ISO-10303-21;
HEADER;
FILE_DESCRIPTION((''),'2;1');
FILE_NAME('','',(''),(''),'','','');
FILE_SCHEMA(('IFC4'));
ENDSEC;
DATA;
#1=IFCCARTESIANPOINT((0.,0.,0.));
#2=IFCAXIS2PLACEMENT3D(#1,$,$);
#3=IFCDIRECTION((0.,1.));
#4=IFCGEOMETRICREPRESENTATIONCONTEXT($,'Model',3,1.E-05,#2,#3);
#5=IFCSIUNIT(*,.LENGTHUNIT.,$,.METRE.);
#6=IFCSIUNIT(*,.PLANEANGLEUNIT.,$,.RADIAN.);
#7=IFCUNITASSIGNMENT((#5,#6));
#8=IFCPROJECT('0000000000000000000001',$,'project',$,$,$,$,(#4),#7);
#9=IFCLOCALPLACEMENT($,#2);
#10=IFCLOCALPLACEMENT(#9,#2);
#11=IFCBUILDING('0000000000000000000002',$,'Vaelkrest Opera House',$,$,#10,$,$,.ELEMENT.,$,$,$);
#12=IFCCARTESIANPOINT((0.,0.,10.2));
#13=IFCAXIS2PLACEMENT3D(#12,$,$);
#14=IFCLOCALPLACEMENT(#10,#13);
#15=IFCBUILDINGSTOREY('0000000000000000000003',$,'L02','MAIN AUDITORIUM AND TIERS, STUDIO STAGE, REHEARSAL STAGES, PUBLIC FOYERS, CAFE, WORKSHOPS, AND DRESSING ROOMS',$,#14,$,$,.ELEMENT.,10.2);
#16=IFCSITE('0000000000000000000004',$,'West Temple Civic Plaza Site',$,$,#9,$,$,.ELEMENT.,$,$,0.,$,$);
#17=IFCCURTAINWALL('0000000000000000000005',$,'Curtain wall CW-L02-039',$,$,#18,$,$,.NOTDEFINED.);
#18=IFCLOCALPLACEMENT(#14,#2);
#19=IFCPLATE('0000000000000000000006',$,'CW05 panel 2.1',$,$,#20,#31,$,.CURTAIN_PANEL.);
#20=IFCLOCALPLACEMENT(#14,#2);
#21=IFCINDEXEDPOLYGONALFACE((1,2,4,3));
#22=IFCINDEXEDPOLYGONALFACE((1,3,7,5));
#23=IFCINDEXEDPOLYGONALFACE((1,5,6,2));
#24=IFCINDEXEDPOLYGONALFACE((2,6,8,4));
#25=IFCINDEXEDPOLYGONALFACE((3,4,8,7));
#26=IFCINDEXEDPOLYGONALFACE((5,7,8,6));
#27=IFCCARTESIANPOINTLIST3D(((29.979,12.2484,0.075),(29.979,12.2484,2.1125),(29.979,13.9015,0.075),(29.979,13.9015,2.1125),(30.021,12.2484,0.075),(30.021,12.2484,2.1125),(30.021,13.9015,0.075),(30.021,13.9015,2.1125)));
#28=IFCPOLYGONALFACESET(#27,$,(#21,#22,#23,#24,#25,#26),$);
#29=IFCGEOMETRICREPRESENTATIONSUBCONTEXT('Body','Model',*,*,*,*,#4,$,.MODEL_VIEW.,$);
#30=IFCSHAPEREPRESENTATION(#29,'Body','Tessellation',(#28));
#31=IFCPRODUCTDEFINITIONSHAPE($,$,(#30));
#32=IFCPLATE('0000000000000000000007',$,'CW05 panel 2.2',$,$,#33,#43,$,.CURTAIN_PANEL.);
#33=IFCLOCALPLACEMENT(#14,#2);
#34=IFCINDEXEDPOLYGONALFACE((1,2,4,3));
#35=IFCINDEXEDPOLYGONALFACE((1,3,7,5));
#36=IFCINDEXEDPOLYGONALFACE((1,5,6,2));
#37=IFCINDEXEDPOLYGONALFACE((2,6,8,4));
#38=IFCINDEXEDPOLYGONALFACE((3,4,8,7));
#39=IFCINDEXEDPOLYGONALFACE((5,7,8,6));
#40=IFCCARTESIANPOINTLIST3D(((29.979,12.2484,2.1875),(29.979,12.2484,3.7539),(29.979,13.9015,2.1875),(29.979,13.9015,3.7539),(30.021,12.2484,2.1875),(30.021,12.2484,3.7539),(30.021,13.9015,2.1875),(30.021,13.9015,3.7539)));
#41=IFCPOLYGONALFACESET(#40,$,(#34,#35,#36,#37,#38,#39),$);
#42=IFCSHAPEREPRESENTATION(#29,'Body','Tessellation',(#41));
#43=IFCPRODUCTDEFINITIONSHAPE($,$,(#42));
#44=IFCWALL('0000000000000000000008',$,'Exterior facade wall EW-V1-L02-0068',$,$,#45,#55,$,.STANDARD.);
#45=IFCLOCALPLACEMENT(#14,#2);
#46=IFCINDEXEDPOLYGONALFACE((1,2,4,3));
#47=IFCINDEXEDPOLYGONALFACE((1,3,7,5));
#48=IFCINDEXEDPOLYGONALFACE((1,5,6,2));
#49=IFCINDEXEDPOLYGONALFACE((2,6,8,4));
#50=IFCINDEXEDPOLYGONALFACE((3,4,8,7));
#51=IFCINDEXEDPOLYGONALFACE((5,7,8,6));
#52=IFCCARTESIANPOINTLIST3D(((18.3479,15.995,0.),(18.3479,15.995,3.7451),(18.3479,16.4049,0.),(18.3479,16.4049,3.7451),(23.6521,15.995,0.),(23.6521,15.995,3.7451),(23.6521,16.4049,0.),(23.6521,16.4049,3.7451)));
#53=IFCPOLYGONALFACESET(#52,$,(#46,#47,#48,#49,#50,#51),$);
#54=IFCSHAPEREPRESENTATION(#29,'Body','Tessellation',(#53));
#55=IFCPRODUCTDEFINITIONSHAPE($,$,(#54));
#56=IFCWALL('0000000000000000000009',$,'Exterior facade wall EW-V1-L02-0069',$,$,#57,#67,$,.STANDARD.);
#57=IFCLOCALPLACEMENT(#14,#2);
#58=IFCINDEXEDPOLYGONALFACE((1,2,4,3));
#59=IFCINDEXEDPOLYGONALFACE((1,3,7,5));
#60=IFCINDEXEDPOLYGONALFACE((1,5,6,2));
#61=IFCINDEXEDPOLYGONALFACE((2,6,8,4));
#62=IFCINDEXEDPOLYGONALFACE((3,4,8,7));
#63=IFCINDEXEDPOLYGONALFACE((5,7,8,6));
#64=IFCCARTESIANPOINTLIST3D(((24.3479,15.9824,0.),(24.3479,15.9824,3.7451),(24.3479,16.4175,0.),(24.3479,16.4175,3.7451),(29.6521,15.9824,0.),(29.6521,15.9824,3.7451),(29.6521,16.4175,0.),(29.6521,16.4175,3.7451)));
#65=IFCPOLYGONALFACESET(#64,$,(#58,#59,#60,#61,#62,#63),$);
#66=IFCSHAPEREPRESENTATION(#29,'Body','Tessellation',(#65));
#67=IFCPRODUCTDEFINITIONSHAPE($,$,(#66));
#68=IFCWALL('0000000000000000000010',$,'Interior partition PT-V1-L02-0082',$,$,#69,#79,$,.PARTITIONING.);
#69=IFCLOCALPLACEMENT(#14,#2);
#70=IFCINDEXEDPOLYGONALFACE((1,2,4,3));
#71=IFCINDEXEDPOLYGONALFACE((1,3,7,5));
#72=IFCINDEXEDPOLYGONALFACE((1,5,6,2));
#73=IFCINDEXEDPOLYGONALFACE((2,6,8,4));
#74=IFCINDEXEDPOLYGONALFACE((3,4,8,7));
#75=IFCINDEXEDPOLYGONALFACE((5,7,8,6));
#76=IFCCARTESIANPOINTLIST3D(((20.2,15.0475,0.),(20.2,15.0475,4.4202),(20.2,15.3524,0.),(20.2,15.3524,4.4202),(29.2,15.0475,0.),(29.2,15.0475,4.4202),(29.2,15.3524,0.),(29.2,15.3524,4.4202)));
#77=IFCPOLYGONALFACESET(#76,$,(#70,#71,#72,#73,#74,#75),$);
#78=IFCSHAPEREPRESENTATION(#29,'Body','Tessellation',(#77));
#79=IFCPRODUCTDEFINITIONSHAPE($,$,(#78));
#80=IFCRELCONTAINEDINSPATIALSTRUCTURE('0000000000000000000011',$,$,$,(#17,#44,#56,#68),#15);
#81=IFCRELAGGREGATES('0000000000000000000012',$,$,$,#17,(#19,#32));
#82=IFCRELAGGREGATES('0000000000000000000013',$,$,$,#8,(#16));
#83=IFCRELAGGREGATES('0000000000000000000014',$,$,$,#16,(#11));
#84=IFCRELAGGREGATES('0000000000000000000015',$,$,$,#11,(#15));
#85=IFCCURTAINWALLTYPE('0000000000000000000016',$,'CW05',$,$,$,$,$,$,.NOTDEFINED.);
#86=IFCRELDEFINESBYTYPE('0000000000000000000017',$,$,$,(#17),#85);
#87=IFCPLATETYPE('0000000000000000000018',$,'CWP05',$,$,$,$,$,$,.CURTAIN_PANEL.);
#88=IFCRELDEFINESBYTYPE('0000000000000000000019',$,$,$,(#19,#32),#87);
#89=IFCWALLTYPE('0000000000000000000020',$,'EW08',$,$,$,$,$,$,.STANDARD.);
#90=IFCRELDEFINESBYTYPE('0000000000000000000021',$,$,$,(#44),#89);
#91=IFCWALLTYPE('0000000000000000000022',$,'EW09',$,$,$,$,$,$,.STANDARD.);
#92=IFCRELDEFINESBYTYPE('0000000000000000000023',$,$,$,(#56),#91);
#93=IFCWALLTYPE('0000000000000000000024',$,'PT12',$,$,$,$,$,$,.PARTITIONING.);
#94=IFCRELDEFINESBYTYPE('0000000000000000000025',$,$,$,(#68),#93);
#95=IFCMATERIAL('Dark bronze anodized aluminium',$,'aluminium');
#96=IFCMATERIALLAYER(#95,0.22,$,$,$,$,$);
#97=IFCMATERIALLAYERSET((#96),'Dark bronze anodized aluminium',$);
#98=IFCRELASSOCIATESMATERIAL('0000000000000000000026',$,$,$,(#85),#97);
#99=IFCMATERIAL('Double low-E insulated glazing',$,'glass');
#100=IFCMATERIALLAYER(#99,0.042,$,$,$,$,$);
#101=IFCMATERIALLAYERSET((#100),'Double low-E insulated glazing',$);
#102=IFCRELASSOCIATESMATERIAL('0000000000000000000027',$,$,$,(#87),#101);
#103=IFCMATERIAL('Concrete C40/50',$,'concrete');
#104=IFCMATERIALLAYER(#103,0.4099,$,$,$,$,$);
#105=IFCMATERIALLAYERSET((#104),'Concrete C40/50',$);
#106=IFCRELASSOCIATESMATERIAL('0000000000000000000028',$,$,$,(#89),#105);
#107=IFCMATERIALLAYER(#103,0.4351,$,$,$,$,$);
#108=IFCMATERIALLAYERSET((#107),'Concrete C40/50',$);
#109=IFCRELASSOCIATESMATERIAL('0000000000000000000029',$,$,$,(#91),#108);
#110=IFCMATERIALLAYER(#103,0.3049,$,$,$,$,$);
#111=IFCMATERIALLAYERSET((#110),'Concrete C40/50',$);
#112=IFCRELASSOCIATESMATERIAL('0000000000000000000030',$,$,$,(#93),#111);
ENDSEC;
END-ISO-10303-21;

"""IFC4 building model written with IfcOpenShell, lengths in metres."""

from ifc_helpers import new_model, si_unit, direction, frame, frame_2d, origin, origin_2d, place, context, subcontext, project, spatial, rectangle, extrude, material, layer, layer_set, type_object, element, aggregate, save


model = new_model("IFC4")

# Units and contexts
model_context = context("Model", 3, precision=1e-05, world=origin(), true_north=direction((0.0, 1.0)))
body_context = subcontext(model_context, "Body", "Model", "MODEL_VIEW")
ifc_project = project(units=[si_unit("LENGTHUNIT", "METRE"), si_unit("PLANEANGLEUNIT", "RADIAN")], contexts=[model_context])

# Site, building, storey
site_placement = place(None, origin())
site = spatial("IfcSite", under=ifc_project, at=site_placement, Name="West Temple Civic Plaza Site", CompositionType="ELEMENT", RefElevation=0.0)
building_placement = place(site_placement, origin())
building = spatial("IfcBuilding", under=site, at=building_placement, Name="Vaelkrest Opera House", CompositionType="ELEMENT")
storey_placement = place(building_placement, frame((0.0, 0.0, 10.2)))
storey = spatial("IfcBuildingStorey", under=building, at=storey_placement, Name="L02", Description="MAIN AUDITORIUM AND TIERS, STUDIO STAGE, REHEARSAL STAGES, PUBLIC FOYERS, CAFE, WORKSHOPS, AND DRESSING ROOMS", CompositionType="ELEMENT", Elevation=10.2)

# Curtain wall
ifc_material_1 = material(Name="Dark bronze anodized aluminium", Category="aluminium")
ifc_layer_1 = layer(ifc_material_1, 0.22)
ifc_layer_set_1 = layer_set([ifc_layer_1], Name="Dark bronze anodized aluminium")
curtain_wall_type = type_object("IfcCurtainWallType", Name="CW05", PredefinedType="NOTDEFINED", material=ifc_layer_set_1)
curtain_wall_placement = place(storey_placement, origin())
curtain_wall = element("IfcCurtainWall", 1, at=curtain_wall_placement, inside=storey, type_object=curtain_wall_type, Name="Curtain wall CW-L02-039", PredefinedType="NOTDEFINED")

# Plates
ifc_material_2 = material(Name="Double low-E insulated glazing", Category="glass")
ifc_layer_2 = layer(ifc_material_2, 0.042)
ifc_layer_set_2 = layer_set([ifc_layer_2], Name="Double low-E insulated glazing")
plate_type = type_object("IfcPlateType", Name="CWP05", PredefinedType="CURTAIN_PANEL", material=ifc_layer_set_2)
plate_1_placement = place(storey_placement, frame((30.0, 13.075, 0.075), z_axis=(0.0, 0.0, 1.0), x_axis=(0.0, -1.0, 0.0)))
plate_1 = element("IfcPlate", 2, at=plate_1_placement, type_object=plate_type, Name="CW05 panel 2.1", PredefinedType="CURTAIN_PANEL", context=body_context, shape_type="SweptSolid", body=[
    extrude(rectangle(XDim=1.6531, YDim=0.042, at=origin_2d()), origin(), (0.0, 0.0, 1.0), 2.0376),
])
plate_2_placement = place(storey_placement, frame((30.0, 13.075, 2.1875), z_axis=(0.0, 0.0, 1.0), x_axis=(0.0, -1.0, 0.0)))
plate_2 = element("IfcPlate", 3, at=plate_2_placement, type_object=plate_type, Name="CW05 panel 2.2", PredefinedType="CURTAIN_PANEL", context=body_context, shape_type="SweptSolid", body=[
    extrude(rectangle(XDim=1.6531, YDim=0.042, at=origin_2d()), origin(), (0.0, 0.0, 1.0), 1.5664),
])
aggregate(curtain_wall, [plate_1, plate_2])

# Walls
ifc_material_3 = material(Name="Concrete C40/50", Category="concrete")
ifc_layer_3 = layer(ifc_material_3, 0.4099)
ifc_layer_set_3 = layer_set([ifc_layer_3], Name="Concrete C40/50")
wall_type_1 = type_object("IfcWallType", Name="EW08", PredefinedType="STANDARD", material=ifc_layer_set_3)
wall_1_placement = place(storey_placement, frame((18.3479, 16.2, 0.0), z_axis=(0.0, 0.0, 1.0), x_axis=(1.0, 0.0, 0.0)))
element("IfcWall", 4, at=wall_1_placement, inside=storey, type_object=wall_type_1, Name="Exterior facade wall EW-V1-L02-0068", PredefinedType="STANDARD", context=body_context, shape_type="SweptSolid", body=[
    extrude(rectangle(XDim=5.3042, YDim=0.4099, at=frame_2d((2.6521, 0.0))), origin(), (0.0, 0.0, 1.0), 3.7451),
])
ifc_layer_4 = layer(ifc_material_3, 0.4351)
ifc_layer_set_4 = layer_set([ifc_layer_4], Name="Concrete C40/50")
wall_type_2 = type_object("IfcWallType", Name="EW09", PredefinedType="STANDARD", material=ifc_layer_set_4)
wall_2_placement = place(storey_placement, frame((24.3479, 16.2, 0.0), z_axis=(0.0, 0.0, 1.0), x_axis=(1.0, 0.0, 0.0)))
element("IfcWall", 5, at=wall_2_placement, inside=storey, type_object=wall_type_2, Name="Exterior facade wall EW-V1-L02-0069", PredefinedType="STANDARD", context=body_context, shape_type="SweptSolid", body=[
    extrude(rectangle(XDim=5.3042, YDim=0.4351, at=frame_2d((2.6521, 0.0))), origin(), (0.0, 0.0, 1.0), 3.7451),
])
ifc_layer_5 = layer(ifc_material_3, 0.3049)
ifc_layer_set_5 = layer_set([ifc_layer_5], Name="Concrete C40/50")
wall_type_3 = type_object("IfcWallType", Name="PT12", PredefinedType="PARTITIONING", material=ifc_layer_set_5)
wall_3_placement = place(storey_placement, frame((20.2, 15.2, 0.0), z_axis=(0.0, 0.0, 1.0), x_axis=(1.0, 0.0, 0.0)))
element("IfcWall", 6, at=wall_3_placement, inside=storey, type_object=wall_type_3, Name="Interior partition PT-V1-L02-0082", PredefinedType="PARTITIONING", context=body_context, shape_type="SweptSolid", body=[
    extrude(rectangle(XDim=9.0, YDim=0.3049, at=frame_2d((4.5, 0.0))), origin(), (0.0, 0.0, 1.0), 4.4202),
])

save(model, "model.ifc")
